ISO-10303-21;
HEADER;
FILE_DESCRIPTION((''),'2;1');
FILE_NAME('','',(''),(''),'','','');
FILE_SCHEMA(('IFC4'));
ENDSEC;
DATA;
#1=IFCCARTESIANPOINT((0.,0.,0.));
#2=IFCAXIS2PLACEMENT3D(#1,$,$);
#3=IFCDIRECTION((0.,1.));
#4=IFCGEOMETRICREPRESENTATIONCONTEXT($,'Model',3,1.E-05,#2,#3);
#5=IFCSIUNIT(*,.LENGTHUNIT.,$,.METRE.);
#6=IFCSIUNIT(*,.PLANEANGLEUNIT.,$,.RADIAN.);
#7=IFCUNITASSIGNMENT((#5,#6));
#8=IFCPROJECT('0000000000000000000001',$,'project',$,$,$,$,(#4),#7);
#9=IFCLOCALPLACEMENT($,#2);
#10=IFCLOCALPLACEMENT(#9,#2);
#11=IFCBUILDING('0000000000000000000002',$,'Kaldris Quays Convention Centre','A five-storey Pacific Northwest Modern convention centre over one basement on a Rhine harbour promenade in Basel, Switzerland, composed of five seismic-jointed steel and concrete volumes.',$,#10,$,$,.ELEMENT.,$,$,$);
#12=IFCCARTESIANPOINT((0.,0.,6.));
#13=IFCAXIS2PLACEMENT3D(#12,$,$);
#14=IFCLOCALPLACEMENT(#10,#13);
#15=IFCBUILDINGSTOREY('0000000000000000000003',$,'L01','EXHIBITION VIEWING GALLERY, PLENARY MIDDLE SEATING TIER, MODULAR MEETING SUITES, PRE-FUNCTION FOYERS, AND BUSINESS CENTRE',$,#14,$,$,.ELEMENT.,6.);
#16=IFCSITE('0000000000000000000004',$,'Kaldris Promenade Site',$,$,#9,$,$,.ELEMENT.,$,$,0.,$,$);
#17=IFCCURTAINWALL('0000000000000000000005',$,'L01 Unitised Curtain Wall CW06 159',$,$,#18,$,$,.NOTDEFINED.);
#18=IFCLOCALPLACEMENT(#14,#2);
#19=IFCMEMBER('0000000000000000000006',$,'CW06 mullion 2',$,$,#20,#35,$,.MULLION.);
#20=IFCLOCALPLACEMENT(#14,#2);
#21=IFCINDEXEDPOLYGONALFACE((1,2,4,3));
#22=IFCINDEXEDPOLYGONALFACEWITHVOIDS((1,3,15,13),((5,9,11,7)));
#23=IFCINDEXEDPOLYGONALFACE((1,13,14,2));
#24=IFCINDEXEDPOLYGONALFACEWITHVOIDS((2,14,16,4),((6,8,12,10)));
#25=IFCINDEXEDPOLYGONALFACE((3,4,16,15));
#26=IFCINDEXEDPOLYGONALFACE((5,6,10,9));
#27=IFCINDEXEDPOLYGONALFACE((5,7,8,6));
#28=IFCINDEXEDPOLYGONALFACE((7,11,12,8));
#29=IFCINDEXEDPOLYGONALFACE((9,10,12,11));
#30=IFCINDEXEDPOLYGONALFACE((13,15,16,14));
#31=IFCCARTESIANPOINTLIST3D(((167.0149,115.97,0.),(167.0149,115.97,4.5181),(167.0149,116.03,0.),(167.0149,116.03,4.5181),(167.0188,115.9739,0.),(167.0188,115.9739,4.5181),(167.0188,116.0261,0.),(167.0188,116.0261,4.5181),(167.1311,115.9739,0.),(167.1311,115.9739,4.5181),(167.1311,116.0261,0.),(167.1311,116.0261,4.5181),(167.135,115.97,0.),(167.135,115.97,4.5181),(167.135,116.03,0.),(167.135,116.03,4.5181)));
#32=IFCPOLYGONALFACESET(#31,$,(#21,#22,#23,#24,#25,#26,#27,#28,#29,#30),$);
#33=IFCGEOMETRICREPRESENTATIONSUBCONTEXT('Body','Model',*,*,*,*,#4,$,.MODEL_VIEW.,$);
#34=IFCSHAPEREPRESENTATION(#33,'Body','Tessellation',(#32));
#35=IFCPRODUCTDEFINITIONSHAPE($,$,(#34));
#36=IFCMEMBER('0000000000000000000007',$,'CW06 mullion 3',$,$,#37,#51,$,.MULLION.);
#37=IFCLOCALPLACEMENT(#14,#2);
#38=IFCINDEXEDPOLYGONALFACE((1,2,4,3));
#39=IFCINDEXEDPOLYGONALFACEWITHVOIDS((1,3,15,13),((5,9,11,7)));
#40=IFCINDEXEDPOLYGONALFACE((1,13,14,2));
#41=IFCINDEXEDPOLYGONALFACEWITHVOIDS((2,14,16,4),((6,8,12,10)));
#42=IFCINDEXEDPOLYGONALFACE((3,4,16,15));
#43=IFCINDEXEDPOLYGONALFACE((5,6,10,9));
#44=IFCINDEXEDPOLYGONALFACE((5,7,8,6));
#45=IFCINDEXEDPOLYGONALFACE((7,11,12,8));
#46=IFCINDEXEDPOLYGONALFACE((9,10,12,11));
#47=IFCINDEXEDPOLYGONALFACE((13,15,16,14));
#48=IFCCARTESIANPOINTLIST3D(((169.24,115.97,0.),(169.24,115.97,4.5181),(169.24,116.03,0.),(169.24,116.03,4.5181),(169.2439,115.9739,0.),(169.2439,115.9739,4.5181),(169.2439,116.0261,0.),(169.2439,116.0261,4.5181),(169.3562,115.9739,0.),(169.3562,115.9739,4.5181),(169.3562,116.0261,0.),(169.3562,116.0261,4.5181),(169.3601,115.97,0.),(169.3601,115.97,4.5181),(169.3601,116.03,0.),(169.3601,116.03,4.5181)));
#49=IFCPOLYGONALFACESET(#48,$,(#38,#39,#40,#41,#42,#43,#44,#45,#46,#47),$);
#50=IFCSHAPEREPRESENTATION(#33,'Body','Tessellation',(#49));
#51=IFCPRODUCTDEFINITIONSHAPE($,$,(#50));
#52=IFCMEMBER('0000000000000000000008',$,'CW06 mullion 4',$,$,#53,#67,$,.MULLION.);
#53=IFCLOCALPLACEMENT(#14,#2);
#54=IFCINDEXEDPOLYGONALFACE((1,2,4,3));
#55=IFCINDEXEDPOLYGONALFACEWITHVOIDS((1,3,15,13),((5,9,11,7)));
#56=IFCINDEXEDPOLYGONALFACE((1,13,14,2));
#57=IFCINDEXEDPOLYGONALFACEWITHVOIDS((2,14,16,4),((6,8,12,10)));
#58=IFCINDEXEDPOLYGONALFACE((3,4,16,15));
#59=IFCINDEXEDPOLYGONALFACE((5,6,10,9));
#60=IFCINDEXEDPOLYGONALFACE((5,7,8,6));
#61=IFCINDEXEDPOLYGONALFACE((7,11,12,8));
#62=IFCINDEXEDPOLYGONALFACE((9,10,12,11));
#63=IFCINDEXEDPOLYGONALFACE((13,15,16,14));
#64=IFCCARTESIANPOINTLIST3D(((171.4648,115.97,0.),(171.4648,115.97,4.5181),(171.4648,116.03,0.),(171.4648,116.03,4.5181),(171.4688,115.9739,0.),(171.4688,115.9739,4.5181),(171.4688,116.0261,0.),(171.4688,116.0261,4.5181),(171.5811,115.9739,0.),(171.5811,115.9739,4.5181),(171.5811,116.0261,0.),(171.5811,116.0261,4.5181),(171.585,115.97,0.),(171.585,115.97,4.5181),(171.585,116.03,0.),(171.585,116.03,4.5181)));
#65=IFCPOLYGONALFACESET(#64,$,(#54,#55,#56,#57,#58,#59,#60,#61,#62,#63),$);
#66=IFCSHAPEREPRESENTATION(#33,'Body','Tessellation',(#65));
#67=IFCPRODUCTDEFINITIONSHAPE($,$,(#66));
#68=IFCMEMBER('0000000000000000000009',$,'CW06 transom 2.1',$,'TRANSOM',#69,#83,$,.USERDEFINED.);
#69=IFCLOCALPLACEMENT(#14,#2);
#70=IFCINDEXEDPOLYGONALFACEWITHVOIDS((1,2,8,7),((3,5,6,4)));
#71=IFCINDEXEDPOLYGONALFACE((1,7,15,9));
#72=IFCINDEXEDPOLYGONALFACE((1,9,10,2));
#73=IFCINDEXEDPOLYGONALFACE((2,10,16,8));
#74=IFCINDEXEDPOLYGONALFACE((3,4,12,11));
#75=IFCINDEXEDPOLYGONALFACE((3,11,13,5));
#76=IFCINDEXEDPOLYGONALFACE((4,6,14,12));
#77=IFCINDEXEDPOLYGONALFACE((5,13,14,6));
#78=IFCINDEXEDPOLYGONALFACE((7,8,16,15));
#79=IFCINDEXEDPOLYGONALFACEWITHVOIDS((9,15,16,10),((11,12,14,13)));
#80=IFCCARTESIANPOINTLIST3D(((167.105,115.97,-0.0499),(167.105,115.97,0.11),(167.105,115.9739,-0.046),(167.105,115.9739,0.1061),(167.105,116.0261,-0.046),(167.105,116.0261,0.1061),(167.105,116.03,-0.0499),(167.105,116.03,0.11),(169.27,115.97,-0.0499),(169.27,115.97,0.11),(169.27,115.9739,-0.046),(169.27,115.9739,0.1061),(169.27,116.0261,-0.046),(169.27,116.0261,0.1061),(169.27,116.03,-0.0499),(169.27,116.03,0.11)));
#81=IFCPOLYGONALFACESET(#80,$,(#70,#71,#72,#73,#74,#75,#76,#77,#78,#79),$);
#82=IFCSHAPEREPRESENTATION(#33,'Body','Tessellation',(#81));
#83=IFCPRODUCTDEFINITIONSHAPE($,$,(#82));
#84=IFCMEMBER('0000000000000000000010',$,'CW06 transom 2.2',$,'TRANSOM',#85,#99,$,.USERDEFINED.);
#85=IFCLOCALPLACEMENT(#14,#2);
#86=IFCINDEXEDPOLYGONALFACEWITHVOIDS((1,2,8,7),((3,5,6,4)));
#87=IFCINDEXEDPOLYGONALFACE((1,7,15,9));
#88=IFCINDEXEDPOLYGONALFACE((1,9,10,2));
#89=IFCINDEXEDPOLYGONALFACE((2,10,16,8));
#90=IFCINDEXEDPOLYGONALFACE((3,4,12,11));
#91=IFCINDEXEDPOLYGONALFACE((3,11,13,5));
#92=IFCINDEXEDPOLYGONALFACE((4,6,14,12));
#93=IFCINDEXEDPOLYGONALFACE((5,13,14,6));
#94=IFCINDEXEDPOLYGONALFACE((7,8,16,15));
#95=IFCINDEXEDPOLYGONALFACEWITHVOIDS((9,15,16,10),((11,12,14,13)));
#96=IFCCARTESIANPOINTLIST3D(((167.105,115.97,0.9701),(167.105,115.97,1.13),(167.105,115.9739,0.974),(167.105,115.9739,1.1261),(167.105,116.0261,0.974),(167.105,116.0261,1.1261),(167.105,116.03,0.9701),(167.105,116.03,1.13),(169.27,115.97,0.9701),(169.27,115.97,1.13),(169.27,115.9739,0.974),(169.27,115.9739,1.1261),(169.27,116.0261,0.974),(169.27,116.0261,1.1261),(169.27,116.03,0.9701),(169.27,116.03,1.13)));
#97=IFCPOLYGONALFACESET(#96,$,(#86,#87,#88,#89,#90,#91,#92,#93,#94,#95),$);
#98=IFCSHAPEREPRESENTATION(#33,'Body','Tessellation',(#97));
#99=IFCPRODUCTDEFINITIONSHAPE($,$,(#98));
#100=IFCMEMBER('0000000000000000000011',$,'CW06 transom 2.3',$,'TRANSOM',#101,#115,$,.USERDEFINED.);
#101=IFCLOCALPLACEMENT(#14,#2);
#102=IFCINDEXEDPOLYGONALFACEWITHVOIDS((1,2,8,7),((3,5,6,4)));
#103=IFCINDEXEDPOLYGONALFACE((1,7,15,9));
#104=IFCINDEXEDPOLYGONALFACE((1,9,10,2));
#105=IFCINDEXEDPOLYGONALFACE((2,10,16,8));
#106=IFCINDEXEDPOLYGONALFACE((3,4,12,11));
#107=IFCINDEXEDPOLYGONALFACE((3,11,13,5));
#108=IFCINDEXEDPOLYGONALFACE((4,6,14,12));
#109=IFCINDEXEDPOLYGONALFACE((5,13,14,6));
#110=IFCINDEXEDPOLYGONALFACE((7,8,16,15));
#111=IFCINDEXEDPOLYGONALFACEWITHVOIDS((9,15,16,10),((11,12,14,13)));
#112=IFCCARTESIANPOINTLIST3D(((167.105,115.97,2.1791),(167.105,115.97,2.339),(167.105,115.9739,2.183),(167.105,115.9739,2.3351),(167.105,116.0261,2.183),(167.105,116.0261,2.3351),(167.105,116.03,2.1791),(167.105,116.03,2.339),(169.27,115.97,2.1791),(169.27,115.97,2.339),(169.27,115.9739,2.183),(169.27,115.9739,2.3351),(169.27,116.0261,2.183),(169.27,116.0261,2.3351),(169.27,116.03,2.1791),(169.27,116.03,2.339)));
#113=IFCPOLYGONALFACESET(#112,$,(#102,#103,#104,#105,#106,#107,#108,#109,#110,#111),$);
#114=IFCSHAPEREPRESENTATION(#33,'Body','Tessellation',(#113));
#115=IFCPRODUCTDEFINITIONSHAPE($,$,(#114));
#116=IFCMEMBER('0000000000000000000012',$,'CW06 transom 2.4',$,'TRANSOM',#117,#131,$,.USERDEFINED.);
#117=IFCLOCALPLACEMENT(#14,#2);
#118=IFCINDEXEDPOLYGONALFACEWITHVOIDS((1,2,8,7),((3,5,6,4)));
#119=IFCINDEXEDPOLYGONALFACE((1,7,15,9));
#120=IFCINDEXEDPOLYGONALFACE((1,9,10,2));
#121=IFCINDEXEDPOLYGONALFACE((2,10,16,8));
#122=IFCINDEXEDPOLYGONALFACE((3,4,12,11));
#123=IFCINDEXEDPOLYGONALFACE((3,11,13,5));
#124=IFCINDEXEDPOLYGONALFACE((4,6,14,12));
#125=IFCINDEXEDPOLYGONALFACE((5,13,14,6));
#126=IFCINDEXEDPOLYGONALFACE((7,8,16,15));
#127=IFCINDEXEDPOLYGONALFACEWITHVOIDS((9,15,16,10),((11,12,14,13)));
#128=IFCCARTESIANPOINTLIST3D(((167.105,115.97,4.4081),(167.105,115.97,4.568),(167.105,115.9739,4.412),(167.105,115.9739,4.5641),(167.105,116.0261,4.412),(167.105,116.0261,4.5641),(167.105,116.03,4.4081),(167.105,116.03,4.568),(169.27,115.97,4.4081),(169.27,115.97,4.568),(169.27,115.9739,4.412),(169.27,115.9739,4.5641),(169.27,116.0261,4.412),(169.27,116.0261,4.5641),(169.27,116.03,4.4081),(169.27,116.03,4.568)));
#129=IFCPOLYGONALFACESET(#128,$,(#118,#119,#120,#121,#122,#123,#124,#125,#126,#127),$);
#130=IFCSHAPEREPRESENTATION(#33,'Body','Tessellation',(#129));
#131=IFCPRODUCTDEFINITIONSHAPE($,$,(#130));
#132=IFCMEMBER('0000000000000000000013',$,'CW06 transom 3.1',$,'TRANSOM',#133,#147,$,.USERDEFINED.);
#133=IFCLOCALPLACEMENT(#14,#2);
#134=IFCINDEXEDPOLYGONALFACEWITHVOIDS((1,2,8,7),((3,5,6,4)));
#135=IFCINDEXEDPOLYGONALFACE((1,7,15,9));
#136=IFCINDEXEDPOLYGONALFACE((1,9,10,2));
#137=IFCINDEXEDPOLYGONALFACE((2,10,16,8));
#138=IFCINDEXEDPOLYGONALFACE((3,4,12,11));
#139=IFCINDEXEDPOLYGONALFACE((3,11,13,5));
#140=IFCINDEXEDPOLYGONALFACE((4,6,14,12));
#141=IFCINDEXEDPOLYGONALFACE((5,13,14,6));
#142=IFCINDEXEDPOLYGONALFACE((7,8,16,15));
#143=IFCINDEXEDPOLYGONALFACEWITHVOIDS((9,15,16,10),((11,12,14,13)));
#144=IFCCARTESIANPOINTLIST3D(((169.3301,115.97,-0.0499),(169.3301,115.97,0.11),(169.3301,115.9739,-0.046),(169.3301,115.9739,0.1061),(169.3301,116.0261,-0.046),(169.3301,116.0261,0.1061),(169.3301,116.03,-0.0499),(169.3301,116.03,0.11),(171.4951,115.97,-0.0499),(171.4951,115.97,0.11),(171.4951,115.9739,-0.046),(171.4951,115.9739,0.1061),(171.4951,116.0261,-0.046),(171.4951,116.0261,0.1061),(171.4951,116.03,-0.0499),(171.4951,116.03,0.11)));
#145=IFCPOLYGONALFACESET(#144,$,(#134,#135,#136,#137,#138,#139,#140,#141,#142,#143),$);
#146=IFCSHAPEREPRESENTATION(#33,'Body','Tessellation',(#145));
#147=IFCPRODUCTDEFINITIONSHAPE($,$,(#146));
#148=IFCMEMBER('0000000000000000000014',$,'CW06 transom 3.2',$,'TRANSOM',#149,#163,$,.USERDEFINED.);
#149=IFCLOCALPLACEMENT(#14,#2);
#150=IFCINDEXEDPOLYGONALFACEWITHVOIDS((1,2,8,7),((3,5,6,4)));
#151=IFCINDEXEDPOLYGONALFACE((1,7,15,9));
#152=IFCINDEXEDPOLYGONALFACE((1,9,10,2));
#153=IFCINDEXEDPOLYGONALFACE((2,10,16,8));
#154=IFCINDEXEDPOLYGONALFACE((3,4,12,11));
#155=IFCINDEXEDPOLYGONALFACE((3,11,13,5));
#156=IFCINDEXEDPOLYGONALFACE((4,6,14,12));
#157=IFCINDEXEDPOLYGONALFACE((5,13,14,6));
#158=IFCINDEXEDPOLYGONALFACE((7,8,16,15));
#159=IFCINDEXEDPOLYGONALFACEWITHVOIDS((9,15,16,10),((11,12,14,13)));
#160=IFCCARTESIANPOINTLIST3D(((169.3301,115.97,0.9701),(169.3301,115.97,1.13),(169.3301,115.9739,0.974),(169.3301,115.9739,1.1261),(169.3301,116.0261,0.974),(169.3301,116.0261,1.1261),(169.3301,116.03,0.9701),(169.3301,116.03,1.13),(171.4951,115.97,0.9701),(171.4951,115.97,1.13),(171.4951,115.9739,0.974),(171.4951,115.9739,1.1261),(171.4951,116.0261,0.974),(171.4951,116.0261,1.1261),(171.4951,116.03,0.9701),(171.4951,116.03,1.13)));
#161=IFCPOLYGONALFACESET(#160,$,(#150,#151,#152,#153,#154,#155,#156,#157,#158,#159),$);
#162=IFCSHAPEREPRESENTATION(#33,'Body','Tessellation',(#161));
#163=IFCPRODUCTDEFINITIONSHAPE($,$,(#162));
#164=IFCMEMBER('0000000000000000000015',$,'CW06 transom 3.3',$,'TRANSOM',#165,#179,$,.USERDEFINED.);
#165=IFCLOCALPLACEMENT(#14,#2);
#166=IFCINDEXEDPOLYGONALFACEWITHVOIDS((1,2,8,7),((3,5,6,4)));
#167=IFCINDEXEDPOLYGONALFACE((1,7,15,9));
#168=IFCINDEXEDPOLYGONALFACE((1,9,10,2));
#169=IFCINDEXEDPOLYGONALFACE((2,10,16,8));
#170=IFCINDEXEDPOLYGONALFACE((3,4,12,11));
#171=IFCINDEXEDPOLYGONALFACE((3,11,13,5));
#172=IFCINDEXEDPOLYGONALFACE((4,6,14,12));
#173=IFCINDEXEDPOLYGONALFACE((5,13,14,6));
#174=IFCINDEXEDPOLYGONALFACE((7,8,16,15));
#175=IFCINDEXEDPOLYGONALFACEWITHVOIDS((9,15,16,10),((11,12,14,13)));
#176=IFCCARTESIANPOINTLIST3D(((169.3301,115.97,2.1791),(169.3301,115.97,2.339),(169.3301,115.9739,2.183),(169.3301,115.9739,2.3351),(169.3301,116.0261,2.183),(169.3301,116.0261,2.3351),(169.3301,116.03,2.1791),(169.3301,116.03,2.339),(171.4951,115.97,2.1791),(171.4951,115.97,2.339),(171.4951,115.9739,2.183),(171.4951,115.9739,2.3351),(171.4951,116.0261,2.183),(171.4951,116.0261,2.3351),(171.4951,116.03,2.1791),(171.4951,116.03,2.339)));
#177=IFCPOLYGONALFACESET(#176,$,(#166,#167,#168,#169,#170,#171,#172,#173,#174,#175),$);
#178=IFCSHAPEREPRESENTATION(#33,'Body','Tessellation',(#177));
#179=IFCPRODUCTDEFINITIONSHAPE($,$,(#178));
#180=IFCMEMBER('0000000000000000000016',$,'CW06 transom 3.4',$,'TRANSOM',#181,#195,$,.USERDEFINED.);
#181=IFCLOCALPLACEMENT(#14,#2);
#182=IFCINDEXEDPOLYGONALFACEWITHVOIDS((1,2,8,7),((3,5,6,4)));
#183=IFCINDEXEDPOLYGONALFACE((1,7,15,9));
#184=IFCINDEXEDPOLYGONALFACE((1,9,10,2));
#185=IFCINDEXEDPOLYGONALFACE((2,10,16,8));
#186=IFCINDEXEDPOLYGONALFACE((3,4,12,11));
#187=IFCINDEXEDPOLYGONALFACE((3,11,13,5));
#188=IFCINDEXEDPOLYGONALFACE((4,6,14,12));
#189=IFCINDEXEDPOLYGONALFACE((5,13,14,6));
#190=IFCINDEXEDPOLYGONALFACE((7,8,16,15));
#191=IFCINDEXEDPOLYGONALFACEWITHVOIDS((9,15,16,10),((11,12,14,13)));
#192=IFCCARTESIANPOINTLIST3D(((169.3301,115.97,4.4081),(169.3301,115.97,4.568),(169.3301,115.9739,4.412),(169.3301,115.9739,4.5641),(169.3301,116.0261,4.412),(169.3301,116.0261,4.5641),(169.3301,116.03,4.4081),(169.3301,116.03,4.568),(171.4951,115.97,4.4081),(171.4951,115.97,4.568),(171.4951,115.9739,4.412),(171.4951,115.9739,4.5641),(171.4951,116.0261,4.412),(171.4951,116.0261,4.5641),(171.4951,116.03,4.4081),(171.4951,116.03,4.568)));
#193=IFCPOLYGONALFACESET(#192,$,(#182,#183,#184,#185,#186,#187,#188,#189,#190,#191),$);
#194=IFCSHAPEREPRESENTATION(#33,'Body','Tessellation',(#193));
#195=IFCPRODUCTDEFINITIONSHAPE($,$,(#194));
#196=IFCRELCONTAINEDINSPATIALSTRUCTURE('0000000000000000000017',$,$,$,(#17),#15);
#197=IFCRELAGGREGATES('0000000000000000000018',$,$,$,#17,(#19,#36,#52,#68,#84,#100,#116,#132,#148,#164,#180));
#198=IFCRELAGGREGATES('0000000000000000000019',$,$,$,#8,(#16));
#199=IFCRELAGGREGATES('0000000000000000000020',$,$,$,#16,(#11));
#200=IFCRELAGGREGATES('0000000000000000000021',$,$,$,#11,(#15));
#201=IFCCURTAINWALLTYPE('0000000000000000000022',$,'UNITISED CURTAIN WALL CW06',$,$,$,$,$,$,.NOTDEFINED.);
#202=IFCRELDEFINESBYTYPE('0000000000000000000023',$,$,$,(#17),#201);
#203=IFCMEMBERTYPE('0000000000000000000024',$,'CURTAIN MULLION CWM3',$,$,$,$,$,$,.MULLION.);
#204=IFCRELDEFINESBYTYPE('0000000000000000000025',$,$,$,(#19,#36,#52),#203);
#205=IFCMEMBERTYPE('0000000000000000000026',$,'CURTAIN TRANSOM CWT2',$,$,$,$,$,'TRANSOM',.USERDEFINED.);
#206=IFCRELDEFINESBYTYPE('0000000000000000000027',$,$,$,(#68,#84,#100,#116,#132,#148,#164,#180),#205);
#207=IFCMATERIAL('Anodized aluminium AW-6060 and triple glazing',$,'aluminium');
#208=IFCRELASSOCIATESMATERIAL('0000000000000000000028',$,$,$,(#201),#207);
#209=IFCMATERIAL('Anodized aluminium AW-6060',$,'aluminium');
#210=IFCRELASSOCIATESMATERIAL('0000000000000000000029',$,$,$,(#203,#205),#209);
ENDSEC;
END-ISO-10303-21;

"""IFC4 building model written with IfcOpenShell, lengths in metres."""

from ifc_helpers import new_model, si_unit, direction, frame, origin, origin_2d, place, context, subcontext, project, spatial, hollow_rectangle, extrude, material, material_profile, profile_set, type_object, element, aggregate, save


model = new_model("IFC4")

# Units and contexts
model_context = context("Model", 3, precision=1e-05, world=origin(), true_north=direction((0.0, 1.0)))
body_context = subcontext(model_context, "Body", "Model", "MODEL_VIEW")
ifc_project = project(units=[si_unit("LENGTHUNIT", "METRE"), si_unit("PLANEANGLEUNIT", "RADIAN")], contexts=[model_context])

# Site, building, storey
site_placement = place(None, origin())
site = spatial("IfcSite", under=ifc_project, at=site_placement, Name="Kaldris Promenade Site", CompositionType="ELEMENT", RefElevation=0.0)
building_placement = place(site_placement, origin())
building = spatial("IfcBuilding", under=site, at=building_placement, Name="Kaldris Quays Convention Centre", Description="A five-storey Pacific Northwest Modern convention centre over one basement on a Rhine harbour promenade in Basel, Switzerland, composed of five seismic-jointed steel and concrete volumes.", CompositionType="ELEMENT")
storey_placement = place(building_placement, frame((0.0, 0.0, 6.0)))
storey = spatial("IfcBuildingStorey", under=building, at=storey_placement, Name="L01", Description="EXHIBITION VIEWING GALLERY, PLENARY MIDDLE SEATING TIER, MODULAR MEETING SUITES, PRE-FUNCTION FOYERS, AND BUSINESS CENTRE", CompositionType="ELEMENT", Elevation=6.0)

# Curtain wall, members
ifc_material_1 = material(Name="Anodized aluminium AW-6060 and triple glazing", Category="aluminium")
curtain_wall_type = type_object("IfcCurtainWallType", Name="UNITISED CURTAIN WALL CW06", PredefinedType="NOTDEFINED", material=ifc_material_1)
curtain_wall_placement = place(storey_placement, origin())
curtain_wall = element("IfcCurtainWall", 1, at=curtain_wall_placement, inside=storey, type_object=curtain_wall_type, Name="L01 Unitised Curtain Wall CW06 159", PredefinedType="NOTDEFINED")
ifc_material_2 = material(Name="Anodized aluminium AW-6060", Category="aluminium")
ifc_material_profile_1 = material_profile(ifc_material_2, hollow_rectangle(XDim=0.0601, YDim=0.1201, WallThickness=0.0039, at=origin_2d()), Name="RHS 120x60x4")
ifc_profile_set_1 = profile_set([ifc_material_profile_1], Name="Anodized aluminium AW-6060")
member_type_1 = type_object("IfcMemberType", Name="CURTAIN MULLION CWM3", PredefinedType="MULLION", material=ifc_profile_set_1)
member_1_placement = place(storey_placement, frame((167.075, 116.0, 0.0), z_axis=(0.0, 0.0, 1.0), x_axis=(0.0, 1.0, 0.0)))
member_1 = element("IfcMember", 2, at=member_1_placement, type_object=member_type_1, Name="CW06 mullion 2", PredefinedType="MULLION", context=body_context, shape_type="SweptSolid", body=[
    extrude(hollow_rectangle(XDim=0.0601, YDim=0.1201, WallThickness=0.0039, at=origin_2d()), origin(), (0.0, 0.0, 1.0), 4.5181),
])
member_2_placement = place(storey_placement, frame((169.3, 116.0, 0.0), z_axis=(0.0, 0.0, 1.0), x_axis=(0.0, 1.0, 0.0)))
member_2 = element("IfcMember", 3, at=member_2_placement, type_object=member_type_1, Name="CW06 mullion 3", PredefinedType="MULLION", context=body_context, shape_type="SweptSolid", body=[
    extrude(hollow_rectangle(XDim=0.0601, YDim=0.1201, WallThickness=0.0039, at=origin_2d()), origin(), (0.0, 0.0, 1.0), 4.5181),
])
member_3_placement = place(storey_placement, frame((171.5249, 116.0, 0.0), z_axis=(0.0, 0.0, 1.0), x_axis=(0.0, 1.0, 0.0)))
member_3 = element("IfcMember", 4, at=member_3_placement, type_object=member_type_1, Name="CW06 mullion 4", PredefinedType="MULLION", context=body_context, shape_type="SweptSolid", body=[
    extrude(hollow_rectangle(XDim=0.0601, YDim=0.1201, WallThickness=0.0039, at=origin_2d()), origin(), (0.0, 0.0, 1.0), 4.5181),
])
ifc_material_profile_2 = material_profile(ifc_material_2, hollow_rectangle(XDim=0.0601, YDim=0.1599, WallThickness=0.0039, at=origin_2d()), Name="RHS 160x60x4")
ifc_profile_set_2 = profile_set([ifc_material_profile_2], Name="Anodized aluminium AW-6060")
member_type_2 = type_object("IfcMemberType", Name="CURTAIN TRANSOM CWT2", ElementType="TRANSOM", PredefinedType="USERDEFINED", material=ifc_profile_set_2)
member_4_placement = place(storey_placement, frame((167.105, 116.0, 0.03), z_axis=(1.0, 0.0, 0.0), x_axis=(0.0, 1.0, 0.0)))
member_4 = element("IfcMember", 5, at=member_4_placement, type_object=member_type_2, Name="CW06 transom 2.1", ObjectType="TRANSOM", PredefinedType="USERDEFINED", context=body_context, shape_type="SweptSolid", body=[
    extrude(hollow_rectangle(XDim=0.0601, YDim=0.1599, WallThickness=0.0039, at=origin_2d()), origin(), (0.0, 0.0, 1.0), 2.165),
])
member_5_placement = place(storey_placement, frame((167.105, 116.0, 1.05), z_axis=(1.0, 0.0, 0.0), x_axis=(0.0, 1.0, 0.0)))
member_5 = element("IfcMember", 6, at=member_5_placement, type_object=member_type_2, Name="CW06 transom 2.2", ObjectType="TRANSOM", PredefinedType="USERDEFINED", context=body_context, shape_type="SweptSolid", body=[
    extrude(hollow_rectangle(XDim=0.0601, YDim=0.1599, WallThickness=0.0039, at=origin_2d()), origin(), (0.0, 0.0, 1.0), 2.165),
])
member_6_placement = place(storey_placement, frame((167.105, 116.0, 2.259), z_axis=(1.0, 0.0, 0.0), x_axis=(0.0, 1.0, 0.0)))
member_6 = element("IfcMember", 7, at=member_6_placement, type_object=member_type_2, Name="CW06 transom 2.3", ObjectType="TRANSOM", PredefinedType="USERDEFINED", context=body_context, shape_type="SweptSolid", body=[
    extrude(hollow_rectangle(XDim=0.0601, YDim=0.1599, WallThickness=0.0039, at=origin_2d()), origin(), (0.0, 0.0, 1.0), 2.165),
])
member_7_placement = place(storey_placement, frame((167.105, 116.0, 4.488), z_axis=(1.0, 0.0, 0.0), x_axis=(0.0, 1.0, 0.0)))
member_7 = element("IfcMember", 8, at=member_7_placement, type_object=member_type_2, Name="CW06 transom 2.4", ObjectType="TRANSOM", PredefinedType="USERDEFINED", context=body_context, shape_type="SweptSolid", body=[
    extrude(hollow_rectangle(XDim=0.0601, YDim=0.1599, WallThickness=0.0039, at=origin_2d()), origin(), (0.0, 0.0, 1.0), 2.165),
])
member_8_placement = place(storey_placement, frame((169.3301, 116.0, 0.03), z_axis=(1.0, 0.0, 0.0), x_axis=(0.0, 1.0, 0.0)))
member_8 = element("IfcMember", 9, at=member_8_placement, type_object=member_type_2, Name="CW06 transom 3.1", ObjectType="TRANSOM", PredefinedType="USERDEFINED", context=body_context, shape_type="SweptSolid", body=[
    extrude(hollow_rectangle(XDim=0.0601, YDim=0.1599, WallThickness=0.0039, at=origin_2d()), origin(), (0.0, 0.0, 1.0), 2.165),
])
member_9_placement = place(storey_placement, frame((169.3301, 116.0, 1.05), z_axis=(1.0, 0.0, 0.0), x_axis=(0.0, 1.0, 0.0)))
member_9 = element("IfcMember", 10, at=member_9_placement, type_object=member_type_2, Name="CW06 transom 3.2", ObjectType="TRANSOM", PredefinedType="USERDEFINED", context=body_context, shape_type="SweptSolid", body=[
    extrude(hollow_rectangle(XDim=0.0601, YDim=0.1599, WallThickness=0.0039, at=origin_2d()), origin(), (0.0, 0.0, 1.0), 2.165),
])
member_10_placement = place(storey_placement, frame((169.3301, 116.0, 2.259), z_axis=(1.0, 0.0, 0.0), x_axis=(0.0, 1.0, 0.0)))
member_10 = element("IfcMember", 11, at=member_10_placement, type_object=member_type_2, Name="CW06 transom 3.3", ObjectType="TRANSOM", PredefinedType="USERDEFINED", context=body_context, shape_type="SweptSolid", body=[
    extrude(hollow_rectangle(XDim=0.0601, YDim=0.1599, WallThickness=0.0039, at=origin_2d()), origin(), (0.0, 0.0, 1.0), 2.165),
])
member_11_placement = place(storey_placement, frame((169.3301, 116.0, 4.488), z_axis=(1.0, 0.0, 0.0), x_axis=(0.0, 1.0, 0.0)))
member_11 = element("IfcMember", 12, at=member_11_placement, type_object=member_type_2, Name="CW06 transom 3.4", ObjectType="TRANSOM", PredefinedType="USERDEFINED", context=body_context, shape_type="SweptSolid", body=[
    extrude(hollow_rectangle(XDim=0.0601, YDim=0.1599, WallThickness=0.0039, at=origin_2d()), origin(), (0.0, 0.0, 1.0), 2.165),
])

aggregate(curtain_wall, [member_1, member_2, member_3, member_4, member_5, member_6, member_7, member_8, member_9, member_10, member_11])

save(model, "model.ifc")
